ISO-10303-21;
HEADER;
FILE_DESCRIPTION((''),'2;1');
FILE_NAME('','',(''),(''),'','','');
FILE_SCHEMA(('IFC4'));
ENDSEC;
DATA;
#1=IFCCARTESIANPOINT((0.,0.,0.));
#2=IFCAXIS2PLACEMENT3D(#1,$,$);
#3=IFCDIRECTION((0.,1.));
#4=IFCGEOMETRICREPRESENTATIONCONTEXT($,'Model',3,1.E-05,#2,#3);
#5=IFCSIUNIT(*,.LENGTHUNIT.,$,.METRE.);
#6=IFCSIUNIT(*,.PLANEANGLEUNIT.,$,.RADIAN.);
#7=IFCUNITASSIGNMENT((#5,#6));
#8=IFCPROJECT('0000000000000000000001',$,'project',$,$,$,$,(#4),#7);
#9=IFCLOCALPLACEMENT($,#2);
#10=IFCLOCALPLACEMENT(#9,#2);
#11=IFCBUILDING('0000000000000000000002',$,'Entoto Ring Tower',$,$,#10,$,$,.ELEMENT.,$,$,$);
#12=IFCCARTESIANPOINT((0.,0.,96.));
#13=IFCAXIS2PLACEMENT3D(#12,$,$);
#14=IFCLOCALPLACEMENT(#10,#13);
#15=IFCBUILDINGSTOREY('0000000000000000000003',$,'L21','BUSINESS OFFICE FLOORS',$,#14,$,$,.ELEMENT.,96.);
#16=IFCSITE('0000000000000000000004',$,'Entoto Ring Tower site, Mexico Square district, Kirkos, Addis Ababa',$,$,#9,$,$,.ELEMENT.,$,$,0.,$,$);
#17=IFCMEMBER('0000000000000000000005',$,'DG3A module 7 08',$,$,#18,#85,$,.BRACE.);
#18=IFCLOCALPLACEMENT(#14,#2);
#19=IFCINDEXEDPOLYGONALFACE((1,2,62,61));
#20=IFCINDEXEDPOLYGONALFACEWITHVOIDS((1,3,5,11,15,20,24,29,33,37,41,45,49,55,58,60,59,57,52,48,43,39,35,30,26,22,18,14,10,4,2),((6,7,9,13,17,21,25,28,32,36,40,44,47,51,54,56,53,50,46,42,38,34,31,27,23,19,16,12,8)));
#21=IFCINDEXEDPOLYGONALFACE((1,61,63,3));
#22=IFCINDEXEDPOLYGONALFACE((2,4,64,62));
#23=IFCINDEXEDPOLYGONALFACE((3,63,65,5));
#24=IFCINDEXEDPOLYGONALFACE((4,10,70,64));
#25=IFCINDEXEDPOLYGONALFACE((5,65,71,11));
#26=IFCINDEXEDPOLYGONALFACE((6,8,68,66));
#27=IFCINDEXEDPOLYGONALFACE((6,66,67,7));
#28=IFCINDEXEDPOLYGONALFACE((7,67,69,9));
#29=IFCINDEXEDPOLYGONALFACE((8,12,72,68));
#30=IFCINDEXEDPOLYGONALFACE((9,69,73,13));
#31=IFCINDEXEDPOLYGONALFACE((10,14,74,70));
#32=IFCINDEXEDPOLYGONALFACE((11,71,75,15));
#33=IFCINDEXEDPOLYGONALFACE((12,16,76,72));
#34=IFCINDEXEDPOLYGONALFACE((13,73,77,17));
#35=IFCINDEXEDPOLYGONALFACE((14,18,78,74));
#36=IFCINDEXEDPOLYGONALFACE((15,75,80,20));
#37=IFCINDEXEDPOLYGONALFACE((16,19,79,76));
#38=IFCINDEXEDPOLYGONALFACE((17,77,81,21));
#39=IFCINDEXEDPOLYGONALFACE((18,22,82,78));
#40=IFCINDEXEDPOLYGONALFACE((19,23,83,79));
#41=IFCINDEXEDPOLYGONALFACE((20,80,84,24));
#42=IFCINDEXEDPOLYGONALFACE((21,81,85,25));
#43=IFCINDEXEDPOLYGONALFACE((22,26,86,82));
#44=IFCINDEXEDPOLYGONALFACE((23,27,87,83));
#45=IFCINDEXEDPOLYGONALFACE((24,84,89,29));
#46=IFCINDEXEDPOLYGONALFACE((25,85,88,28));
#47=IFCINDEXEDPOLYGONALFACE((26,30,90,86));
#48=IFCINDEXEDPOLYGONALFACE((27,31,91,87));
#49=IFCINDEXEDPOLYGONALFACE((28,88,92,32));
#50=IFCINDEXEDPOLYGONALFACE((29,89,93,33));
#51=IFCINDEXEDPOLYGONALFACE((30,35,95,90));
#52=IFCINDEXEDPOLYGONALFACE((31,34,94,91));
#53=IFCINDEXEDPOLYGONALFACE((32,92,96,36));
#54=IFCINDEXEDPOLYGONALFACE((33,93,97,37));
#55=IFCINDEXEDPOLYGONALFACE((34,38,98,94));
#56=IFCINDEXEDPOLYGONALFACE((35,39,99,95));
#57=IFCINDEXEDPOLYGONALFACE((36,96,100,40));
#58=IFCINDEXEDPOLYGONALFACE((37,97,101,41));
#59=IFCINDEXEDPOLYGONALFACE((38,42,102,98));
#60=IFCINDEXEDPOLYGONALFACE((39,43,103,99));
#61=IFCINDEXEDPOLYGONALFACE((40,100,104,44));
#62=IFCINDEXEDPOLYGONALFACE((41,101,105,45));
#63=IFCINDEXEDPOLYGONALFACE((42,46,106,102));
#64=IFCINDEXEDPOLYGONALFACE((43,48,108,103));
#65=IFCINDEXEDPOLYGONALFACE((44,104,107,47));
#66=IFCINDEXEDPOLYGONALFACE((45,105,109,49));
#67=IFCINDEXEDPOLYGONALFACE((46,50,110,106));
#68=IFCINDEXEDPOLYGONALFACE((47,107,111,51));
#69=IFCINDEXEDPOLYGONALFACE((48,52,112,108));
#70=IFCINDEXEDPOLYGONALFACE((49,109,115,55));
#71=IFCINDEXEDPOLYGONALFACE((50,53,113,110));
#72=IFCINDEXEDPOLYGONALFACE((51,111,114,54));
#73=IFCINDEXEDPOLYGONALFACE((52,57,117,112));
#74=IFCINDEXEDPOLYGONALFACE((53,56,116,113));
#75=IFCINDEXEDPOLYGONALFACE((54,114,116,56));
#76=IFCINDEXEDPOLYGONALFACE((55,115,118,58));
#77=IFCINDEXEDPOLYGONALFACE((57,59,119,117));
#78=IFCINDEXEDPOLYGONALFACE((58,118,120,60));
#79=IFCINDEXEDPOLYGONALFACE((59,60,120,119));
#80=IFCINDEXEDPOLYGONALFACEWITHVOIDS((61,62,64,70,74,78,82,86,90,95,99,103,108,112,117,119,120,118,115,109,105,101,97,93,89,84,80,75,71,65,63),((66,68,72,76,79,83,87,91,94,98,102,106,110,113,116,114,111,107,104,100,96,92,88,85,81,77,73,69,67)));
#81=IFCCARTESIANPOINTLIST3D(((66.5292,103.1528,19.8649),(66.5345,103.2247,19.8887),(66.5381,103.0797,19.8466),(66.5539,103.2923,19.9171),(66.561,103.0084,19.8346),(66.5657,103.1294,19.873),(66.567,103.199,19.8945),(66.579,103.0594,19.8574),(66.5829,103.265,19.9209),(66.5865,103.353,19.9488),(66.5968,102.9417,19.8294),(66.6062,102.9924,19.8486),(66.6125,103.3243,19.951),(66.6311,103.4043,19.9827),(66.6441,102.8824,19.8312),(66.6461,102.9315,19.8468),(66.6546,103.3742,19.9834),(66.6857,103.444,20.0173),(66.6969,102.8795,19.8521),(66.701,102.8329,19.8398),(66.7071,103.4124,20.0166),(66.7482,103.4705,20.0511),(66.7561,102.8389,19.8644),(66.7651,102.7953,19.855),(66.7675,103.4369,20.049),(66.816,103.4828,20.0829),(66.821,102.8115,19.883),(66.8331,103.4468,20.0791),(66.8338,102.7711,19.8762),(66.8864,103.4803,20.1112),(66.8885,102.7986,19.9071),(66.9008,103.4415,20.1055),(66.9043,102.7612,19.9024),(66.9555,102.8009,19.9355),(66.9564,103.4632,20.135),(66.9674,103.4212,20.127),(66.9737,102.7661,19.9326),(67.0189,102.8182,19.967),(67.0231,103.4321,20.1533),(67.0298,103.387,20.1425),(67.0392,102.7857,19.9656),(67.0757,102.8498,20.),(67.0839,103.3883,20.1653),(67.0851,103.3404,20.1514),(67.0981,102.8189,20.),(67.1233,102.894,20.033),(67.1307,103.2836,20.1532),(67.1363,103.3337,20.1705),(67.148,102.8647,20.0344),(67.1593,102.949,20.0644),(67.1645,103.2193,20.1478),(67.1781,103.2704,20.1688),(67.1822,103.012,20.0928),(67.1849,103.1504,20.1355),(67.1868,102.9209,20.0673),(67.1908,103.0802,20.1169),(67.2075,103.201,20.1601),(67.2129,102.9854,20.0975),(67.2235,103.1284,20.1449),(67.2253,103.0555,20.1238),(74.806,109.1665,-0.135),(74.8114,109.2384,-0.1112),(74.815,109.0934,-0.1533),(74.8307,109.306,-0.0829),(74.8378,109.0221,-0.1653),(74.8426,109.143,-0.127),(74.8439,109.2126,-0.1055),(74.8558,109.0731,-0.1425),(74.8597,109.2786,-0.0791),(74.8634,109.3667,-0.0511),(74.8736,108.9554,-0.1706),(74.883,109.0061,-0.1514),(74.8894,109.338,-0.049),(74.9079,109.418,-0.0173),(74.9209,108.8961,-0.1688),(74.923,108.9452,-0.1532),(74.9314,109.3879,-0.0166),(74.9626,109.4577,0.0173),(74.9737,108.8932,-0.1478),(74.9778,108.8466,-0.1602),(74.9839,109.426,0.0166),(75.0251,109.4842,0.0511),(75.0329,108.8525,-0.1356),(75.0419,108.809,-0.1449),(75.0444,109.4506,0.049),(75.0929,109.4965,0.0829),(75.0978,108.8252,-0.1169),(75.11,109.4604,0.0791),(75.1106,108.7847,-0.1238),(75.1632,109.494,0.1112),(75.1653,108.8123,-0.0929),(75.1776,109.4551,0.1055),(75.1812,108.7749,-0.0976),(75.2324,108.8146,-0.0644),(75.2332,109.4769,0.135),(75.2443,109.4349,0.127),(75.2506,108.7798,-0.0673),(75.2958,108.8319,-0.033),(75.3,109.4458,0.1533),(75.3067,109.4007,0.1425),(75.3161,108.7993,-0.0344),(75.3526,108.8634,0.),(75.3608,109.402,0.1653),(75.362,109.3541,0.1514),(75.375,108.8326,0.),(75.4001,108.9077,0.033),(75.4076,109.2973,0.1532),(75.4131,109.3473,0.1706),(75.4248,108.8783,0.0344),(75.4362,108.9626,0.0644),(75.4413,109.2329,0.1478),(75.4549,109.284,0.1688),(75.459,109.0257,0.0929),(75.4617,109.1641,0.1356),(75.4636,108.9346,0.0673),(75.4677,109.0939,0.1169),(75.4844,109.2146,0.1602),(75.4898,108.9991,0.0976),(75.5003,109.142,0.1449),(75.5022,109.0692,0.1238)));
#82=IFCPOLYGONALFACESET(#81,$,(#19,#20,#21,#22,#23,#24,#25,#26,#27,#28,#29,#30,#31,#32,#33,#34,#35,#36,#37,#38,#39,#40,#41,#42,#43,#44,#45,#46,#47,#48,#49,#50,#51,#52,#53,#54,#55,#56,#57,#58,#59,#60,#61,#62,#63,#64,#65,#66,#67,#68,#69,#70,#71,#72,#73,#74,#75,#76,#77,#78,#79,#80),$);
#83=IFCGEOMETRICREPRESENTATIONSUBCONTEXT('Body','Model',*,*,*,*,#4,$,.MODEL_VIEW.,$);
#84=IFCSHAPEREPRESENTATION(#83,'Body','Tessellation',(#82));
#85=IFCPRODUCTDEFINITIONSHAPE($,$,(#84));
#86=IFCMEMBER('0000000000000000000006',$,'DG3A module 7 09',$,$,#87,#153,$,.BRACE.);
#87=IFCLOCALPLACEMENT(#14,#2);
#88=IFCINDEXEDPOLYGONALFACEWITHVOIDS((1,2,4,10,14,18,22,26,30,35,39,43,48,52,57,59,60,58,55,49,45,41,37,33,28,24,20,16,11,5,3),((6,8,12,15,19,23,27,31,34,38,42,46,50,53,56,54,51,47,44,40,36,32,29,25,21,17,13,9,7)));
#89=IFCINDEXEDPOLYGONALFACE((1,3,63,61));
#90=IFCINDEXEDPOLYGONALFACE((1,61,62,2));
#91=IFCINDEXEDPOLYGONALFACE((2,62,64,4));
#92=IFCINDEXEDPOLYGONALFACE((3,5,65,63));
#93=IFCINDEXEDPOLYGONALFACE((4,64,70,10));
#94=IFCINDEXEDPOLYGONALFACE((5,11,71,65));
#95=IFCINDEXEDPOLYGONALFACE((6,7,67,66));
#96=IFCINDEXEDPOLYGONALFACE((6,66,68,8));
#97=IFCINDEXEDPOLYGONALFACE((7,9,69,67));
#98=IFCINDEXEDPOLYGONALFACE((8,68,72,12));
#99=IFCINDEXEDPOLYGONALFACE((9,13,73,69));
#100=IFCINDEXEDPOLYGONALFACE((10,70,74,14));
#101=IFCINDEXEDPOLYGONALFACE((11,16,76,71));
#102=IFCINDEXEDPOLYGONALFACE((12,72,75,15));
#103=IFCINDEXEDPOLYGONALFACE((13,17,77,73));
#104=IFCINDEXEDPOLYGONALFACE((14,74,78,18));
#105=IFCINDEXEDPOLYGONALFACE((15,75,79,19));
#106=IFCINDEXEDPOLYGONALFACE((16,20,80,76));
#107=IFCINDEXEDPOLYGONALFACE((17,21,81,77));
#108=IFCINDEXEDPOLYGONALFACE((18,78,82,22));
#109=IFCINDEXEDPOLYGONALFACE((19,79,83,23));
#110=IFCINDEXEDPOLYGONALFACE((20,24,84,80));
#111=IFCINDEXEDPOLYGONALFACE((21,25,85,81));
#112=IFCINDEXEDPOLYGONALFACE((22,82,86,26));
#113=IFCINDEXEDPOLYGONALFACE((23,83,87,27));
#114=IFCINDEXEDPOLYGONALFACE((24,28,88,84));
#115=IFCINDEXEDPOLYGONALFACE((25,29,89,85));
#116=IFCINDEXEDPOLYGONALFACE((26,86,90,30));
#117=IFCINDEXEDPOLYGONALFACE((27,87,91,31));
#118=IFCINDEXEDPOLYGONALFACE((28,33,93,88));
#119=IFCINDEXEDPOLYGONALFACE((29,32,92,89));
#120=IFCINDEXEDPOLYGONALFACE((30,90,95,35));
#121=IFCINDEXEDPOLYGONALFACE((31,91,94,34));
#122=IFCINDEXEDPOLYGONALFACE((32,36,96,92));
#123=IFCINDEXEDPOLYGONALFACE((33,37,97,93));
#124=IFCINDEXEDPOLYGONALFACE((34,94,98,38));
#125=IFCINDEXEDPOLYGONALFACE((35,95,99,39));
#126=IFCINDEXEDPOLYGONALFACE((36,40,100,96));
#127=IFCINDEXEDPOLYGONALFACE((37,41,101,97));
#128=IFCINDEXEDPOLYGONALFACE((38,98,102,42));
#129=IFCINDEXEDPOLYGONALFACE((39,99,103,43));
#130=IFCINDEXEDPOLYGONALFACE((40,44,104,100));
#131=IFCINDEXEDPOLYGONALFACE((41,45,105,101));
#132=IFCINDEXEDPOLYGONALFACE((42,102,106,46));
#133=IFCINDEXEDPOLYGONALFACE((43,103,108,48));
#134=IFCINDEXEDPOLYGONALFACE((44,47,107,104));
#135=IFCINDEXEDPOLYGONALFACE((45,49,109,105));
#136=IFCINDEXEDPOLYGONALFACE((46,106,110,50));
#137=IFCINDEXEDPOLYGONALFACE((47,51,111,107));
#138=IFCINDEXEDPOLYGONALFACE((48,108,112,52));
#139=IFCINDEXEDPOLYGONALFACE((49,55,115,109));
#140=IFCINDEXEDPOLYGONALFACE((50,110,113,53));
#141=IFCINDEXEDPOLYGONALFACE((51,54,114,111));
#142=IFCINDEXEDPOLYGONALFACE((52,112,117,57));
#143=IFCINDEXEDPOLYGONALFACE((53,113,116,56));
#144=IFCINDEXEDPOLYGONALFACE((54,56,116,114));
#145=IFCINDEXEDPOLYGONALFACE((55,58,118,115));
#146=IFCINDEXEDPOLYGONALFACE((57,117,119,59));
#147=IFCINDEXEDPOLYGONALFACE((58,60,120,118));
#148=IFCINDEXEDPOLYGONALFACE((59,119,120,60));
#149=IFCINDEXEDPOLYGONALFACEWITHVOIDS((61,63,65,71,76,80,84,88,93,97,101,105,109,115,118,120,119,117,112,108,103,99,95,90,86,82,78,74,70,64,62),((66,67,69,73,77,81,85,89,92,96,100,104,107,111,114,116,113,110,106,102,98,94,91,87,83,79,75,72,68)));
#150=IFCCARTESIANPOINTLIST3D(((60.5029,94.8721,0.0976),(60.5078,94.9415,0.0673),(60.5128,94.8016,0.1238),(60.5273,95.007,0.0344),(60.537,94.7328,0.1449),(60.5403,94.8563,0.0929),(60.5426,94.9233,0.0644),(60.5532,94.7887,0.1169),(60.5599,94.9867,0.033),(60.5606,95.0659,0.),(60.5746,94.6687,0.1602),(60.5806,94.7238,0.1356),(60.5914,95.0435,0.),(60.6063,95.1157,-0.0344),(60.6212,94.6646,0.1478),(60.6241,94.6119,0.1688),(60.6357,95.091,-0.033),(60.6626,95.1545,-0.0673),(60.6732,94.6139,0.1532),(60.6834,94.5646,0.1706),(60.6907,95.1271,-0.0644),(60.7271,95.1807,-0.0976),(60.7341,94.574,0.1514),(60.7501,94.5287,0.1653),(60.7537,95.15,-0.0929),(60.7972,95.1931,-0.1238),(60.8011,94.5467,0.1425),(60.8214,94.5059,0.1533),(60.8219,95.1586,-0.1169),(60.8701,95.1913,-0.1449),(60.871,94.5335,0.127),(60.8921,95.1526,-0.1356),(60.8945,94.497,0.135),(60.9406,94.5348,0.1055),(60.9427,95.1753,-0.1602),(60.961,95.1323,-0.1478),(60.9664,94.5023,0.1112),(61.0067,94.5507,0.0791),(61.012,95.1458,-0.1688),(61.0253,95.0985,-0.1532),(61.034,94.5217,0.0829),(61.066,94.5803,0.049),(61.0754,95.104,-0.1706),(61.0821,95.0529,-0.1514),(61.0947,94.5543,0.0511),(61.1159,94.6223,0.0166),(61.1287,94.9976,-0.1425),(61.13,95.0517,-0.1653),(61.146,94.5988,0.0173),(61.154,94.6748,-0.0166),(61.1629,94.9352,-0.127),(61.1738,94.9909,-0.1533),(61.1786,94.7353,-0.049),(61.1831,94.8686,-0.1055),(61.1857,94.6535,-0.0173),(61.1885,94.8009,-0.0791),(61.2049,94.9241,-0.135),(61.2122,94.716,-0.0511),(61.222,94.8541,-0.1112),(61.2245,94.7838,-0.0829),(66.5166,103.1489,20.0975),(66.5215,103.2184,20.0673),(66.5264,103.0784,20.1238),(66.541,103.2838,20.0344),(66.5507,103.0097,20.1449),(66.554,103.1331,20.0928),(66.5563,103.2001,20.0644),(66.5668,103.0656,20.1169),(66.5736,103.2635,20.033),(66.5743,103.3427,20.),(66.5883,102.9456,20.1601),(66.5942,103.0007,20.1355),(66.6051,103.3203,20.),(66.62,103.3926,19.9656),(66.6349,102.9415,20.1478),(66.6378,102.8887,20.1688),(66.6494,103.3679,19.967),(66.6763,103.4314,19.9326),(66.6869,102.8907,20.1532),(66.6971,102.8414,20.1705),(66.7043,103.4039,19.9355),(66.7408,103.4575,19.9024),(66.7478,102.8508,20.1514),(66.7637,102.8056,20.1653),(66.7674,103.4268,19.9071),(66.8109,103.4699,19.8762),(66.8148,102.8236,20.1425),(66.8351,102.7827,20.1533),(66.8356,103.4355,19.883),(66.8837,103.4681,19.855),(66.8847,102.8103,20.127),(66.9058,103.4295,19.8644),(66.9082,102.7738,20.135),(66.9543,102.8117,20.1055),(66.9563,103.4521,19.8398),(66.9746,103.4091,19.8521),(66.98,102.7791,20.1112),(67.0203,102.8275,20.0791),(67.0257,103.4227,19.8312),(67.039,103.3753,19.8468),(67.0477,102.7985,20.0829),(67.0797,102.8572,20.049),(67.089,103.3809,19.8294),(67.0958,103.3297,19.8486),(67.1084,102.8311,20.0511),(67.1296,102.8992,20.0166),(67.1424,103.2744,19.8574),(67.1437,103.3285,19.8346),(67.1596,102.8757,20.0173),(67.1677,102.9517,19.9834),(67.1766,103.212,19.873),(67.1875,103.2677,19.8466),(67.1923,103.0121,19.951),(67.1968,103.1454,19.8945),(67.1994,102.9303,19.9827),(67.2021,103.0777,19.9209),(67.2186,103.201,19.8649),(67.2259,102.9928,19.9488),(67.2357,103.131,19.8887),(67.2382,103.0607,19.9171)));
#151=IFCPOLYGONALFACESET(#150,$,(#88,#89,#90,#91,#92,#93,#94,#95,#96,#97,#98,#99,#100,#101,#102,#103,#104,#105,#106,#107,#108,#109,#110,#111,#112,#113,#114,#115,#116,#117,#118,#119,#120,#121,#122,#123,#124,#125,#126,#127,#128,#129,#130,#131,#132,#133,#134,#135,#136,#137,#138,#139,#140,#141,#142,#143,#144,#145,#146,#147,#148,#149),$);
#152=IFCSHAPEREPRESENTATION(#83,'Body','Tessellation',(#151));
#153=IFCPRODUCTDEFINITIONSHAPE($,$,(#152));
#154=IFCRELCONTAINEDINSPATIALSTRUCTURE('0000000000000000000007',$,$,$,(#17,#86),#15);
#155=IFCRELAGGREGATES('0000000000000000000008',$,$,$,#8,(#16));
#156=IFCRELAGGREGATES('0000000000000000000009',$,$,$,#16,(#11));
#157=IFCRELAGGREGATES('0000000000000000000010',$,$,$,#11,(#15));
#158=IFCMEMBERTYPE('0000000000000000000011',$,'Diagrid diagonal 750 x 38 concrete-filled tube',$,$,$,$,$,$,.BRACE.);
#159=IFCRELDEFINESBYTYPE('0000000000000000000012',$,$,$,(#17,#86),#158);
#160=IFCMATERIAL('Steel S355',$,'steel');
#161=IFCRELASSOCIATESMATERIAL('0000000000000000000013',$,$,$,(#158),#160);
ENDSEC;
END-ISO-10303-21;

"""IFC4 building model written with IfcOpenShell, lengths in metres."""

from ifc_helpers import new_model, si_unit, direction, frame, origin, origin_2d, place, context, subcontext, project, spatial, circle, hollow_circle, extrude, material, material_profile, profile_set, type_object, element, save


model = new_model("IFC4")

# Units and contexts
model_context = context("Model", 3, precision=1e-05, world=origin(), true_north=direction((0.0, 1.0)))
body_context = subcontext(model_context, "Body", "Model", "MODEL_VIEW")
ifc_project = project(units=[si_unit("LENGTHUNIT", "METRE"), si_unit("PLANEANGLEUNIT", "RADIAN")], contexts=[model_context])

# Site, building, storey
site_placement = place(None, origin())
site = spatial("IfcSite", under=ifc_project, at=site_placement, Name="Entoto Ring Tower site, Mexico Square district, Kirkos, Addis Ababa", CompositionType="ELEMENT", RefElevation=0.0)
building_placement = place(site_placement, origin())
building = spatial("IfcBuilding", under=site, at=building_placement, Name="Entoto Ring Tower", CompositionType="ELEMENT")
storey_placement = place(building_placement, frame((0.0, 0.0, 96.0)))
storey = spatial("IfcBuildingStorey", under=building, at=storey_placement, Name="L21", Description="BUSINESS OFFICE FLOORS", CompositionType="ELEMENT", Elevation=96.0)

# Members
ifc_material_1 = material(Name="Steel S355", Category="steel")
ifc_material_profile_1 = material_profile(ifc_material_1, hollow_circle(Radius=0.375, WallThickness=0.0381, at=origin_2d()), Name="CHS 750 x 38")
ifc_material_2 = material(Name="Concrete C60/75", Category="concrete")
ifc_material_profile_2 = material_profile(ifc_material_2, circle(Radius=0.3369, at=origin_2d()), Name="Concrete C60/75 infill")
ifc_profile_set_1 = profile_set([ifc_material_profile_1, ifc_material_profile_2], Name="Steel S355")
member_type_1 = type_object("IfcMemberType", Name="Diagrid diagonal 750 x 38 concrete-filled tube", PredefinedType="BRACE", material=ifc_profile_set_1)
for number, where, z_axis, x_axis, name in (
    (1, (75.1545, 109.136, 0.0), (-0.368435, -0.267692, 0.890279), (0.587797, -0.809008, 0.0), "DG3A module 7 08"),
    (2, (60.864, 94.8455, 0.0), (0.267692, 0.368435, 0.890279), (-0.809008, 0.587797, 0.0), "DG3A module 7 09"),
):
    element("IfcMember", number, at=place(storey_placement, frame(where, z_axis=z_axis, x_axis=x_axis)), inside=storey, type_object=member_type_1, Name=name, PredefinedType="BRACE", context=body_context, shape_type="SweptSolid", body=[
        extrude(hollow_circle(Radius=0.375, WallThickness=0.0381, at=origin_2d()), origin(), (0.0, 0.0, 1.0), 22.4648),
    ])

save(model, "model.ifc")
